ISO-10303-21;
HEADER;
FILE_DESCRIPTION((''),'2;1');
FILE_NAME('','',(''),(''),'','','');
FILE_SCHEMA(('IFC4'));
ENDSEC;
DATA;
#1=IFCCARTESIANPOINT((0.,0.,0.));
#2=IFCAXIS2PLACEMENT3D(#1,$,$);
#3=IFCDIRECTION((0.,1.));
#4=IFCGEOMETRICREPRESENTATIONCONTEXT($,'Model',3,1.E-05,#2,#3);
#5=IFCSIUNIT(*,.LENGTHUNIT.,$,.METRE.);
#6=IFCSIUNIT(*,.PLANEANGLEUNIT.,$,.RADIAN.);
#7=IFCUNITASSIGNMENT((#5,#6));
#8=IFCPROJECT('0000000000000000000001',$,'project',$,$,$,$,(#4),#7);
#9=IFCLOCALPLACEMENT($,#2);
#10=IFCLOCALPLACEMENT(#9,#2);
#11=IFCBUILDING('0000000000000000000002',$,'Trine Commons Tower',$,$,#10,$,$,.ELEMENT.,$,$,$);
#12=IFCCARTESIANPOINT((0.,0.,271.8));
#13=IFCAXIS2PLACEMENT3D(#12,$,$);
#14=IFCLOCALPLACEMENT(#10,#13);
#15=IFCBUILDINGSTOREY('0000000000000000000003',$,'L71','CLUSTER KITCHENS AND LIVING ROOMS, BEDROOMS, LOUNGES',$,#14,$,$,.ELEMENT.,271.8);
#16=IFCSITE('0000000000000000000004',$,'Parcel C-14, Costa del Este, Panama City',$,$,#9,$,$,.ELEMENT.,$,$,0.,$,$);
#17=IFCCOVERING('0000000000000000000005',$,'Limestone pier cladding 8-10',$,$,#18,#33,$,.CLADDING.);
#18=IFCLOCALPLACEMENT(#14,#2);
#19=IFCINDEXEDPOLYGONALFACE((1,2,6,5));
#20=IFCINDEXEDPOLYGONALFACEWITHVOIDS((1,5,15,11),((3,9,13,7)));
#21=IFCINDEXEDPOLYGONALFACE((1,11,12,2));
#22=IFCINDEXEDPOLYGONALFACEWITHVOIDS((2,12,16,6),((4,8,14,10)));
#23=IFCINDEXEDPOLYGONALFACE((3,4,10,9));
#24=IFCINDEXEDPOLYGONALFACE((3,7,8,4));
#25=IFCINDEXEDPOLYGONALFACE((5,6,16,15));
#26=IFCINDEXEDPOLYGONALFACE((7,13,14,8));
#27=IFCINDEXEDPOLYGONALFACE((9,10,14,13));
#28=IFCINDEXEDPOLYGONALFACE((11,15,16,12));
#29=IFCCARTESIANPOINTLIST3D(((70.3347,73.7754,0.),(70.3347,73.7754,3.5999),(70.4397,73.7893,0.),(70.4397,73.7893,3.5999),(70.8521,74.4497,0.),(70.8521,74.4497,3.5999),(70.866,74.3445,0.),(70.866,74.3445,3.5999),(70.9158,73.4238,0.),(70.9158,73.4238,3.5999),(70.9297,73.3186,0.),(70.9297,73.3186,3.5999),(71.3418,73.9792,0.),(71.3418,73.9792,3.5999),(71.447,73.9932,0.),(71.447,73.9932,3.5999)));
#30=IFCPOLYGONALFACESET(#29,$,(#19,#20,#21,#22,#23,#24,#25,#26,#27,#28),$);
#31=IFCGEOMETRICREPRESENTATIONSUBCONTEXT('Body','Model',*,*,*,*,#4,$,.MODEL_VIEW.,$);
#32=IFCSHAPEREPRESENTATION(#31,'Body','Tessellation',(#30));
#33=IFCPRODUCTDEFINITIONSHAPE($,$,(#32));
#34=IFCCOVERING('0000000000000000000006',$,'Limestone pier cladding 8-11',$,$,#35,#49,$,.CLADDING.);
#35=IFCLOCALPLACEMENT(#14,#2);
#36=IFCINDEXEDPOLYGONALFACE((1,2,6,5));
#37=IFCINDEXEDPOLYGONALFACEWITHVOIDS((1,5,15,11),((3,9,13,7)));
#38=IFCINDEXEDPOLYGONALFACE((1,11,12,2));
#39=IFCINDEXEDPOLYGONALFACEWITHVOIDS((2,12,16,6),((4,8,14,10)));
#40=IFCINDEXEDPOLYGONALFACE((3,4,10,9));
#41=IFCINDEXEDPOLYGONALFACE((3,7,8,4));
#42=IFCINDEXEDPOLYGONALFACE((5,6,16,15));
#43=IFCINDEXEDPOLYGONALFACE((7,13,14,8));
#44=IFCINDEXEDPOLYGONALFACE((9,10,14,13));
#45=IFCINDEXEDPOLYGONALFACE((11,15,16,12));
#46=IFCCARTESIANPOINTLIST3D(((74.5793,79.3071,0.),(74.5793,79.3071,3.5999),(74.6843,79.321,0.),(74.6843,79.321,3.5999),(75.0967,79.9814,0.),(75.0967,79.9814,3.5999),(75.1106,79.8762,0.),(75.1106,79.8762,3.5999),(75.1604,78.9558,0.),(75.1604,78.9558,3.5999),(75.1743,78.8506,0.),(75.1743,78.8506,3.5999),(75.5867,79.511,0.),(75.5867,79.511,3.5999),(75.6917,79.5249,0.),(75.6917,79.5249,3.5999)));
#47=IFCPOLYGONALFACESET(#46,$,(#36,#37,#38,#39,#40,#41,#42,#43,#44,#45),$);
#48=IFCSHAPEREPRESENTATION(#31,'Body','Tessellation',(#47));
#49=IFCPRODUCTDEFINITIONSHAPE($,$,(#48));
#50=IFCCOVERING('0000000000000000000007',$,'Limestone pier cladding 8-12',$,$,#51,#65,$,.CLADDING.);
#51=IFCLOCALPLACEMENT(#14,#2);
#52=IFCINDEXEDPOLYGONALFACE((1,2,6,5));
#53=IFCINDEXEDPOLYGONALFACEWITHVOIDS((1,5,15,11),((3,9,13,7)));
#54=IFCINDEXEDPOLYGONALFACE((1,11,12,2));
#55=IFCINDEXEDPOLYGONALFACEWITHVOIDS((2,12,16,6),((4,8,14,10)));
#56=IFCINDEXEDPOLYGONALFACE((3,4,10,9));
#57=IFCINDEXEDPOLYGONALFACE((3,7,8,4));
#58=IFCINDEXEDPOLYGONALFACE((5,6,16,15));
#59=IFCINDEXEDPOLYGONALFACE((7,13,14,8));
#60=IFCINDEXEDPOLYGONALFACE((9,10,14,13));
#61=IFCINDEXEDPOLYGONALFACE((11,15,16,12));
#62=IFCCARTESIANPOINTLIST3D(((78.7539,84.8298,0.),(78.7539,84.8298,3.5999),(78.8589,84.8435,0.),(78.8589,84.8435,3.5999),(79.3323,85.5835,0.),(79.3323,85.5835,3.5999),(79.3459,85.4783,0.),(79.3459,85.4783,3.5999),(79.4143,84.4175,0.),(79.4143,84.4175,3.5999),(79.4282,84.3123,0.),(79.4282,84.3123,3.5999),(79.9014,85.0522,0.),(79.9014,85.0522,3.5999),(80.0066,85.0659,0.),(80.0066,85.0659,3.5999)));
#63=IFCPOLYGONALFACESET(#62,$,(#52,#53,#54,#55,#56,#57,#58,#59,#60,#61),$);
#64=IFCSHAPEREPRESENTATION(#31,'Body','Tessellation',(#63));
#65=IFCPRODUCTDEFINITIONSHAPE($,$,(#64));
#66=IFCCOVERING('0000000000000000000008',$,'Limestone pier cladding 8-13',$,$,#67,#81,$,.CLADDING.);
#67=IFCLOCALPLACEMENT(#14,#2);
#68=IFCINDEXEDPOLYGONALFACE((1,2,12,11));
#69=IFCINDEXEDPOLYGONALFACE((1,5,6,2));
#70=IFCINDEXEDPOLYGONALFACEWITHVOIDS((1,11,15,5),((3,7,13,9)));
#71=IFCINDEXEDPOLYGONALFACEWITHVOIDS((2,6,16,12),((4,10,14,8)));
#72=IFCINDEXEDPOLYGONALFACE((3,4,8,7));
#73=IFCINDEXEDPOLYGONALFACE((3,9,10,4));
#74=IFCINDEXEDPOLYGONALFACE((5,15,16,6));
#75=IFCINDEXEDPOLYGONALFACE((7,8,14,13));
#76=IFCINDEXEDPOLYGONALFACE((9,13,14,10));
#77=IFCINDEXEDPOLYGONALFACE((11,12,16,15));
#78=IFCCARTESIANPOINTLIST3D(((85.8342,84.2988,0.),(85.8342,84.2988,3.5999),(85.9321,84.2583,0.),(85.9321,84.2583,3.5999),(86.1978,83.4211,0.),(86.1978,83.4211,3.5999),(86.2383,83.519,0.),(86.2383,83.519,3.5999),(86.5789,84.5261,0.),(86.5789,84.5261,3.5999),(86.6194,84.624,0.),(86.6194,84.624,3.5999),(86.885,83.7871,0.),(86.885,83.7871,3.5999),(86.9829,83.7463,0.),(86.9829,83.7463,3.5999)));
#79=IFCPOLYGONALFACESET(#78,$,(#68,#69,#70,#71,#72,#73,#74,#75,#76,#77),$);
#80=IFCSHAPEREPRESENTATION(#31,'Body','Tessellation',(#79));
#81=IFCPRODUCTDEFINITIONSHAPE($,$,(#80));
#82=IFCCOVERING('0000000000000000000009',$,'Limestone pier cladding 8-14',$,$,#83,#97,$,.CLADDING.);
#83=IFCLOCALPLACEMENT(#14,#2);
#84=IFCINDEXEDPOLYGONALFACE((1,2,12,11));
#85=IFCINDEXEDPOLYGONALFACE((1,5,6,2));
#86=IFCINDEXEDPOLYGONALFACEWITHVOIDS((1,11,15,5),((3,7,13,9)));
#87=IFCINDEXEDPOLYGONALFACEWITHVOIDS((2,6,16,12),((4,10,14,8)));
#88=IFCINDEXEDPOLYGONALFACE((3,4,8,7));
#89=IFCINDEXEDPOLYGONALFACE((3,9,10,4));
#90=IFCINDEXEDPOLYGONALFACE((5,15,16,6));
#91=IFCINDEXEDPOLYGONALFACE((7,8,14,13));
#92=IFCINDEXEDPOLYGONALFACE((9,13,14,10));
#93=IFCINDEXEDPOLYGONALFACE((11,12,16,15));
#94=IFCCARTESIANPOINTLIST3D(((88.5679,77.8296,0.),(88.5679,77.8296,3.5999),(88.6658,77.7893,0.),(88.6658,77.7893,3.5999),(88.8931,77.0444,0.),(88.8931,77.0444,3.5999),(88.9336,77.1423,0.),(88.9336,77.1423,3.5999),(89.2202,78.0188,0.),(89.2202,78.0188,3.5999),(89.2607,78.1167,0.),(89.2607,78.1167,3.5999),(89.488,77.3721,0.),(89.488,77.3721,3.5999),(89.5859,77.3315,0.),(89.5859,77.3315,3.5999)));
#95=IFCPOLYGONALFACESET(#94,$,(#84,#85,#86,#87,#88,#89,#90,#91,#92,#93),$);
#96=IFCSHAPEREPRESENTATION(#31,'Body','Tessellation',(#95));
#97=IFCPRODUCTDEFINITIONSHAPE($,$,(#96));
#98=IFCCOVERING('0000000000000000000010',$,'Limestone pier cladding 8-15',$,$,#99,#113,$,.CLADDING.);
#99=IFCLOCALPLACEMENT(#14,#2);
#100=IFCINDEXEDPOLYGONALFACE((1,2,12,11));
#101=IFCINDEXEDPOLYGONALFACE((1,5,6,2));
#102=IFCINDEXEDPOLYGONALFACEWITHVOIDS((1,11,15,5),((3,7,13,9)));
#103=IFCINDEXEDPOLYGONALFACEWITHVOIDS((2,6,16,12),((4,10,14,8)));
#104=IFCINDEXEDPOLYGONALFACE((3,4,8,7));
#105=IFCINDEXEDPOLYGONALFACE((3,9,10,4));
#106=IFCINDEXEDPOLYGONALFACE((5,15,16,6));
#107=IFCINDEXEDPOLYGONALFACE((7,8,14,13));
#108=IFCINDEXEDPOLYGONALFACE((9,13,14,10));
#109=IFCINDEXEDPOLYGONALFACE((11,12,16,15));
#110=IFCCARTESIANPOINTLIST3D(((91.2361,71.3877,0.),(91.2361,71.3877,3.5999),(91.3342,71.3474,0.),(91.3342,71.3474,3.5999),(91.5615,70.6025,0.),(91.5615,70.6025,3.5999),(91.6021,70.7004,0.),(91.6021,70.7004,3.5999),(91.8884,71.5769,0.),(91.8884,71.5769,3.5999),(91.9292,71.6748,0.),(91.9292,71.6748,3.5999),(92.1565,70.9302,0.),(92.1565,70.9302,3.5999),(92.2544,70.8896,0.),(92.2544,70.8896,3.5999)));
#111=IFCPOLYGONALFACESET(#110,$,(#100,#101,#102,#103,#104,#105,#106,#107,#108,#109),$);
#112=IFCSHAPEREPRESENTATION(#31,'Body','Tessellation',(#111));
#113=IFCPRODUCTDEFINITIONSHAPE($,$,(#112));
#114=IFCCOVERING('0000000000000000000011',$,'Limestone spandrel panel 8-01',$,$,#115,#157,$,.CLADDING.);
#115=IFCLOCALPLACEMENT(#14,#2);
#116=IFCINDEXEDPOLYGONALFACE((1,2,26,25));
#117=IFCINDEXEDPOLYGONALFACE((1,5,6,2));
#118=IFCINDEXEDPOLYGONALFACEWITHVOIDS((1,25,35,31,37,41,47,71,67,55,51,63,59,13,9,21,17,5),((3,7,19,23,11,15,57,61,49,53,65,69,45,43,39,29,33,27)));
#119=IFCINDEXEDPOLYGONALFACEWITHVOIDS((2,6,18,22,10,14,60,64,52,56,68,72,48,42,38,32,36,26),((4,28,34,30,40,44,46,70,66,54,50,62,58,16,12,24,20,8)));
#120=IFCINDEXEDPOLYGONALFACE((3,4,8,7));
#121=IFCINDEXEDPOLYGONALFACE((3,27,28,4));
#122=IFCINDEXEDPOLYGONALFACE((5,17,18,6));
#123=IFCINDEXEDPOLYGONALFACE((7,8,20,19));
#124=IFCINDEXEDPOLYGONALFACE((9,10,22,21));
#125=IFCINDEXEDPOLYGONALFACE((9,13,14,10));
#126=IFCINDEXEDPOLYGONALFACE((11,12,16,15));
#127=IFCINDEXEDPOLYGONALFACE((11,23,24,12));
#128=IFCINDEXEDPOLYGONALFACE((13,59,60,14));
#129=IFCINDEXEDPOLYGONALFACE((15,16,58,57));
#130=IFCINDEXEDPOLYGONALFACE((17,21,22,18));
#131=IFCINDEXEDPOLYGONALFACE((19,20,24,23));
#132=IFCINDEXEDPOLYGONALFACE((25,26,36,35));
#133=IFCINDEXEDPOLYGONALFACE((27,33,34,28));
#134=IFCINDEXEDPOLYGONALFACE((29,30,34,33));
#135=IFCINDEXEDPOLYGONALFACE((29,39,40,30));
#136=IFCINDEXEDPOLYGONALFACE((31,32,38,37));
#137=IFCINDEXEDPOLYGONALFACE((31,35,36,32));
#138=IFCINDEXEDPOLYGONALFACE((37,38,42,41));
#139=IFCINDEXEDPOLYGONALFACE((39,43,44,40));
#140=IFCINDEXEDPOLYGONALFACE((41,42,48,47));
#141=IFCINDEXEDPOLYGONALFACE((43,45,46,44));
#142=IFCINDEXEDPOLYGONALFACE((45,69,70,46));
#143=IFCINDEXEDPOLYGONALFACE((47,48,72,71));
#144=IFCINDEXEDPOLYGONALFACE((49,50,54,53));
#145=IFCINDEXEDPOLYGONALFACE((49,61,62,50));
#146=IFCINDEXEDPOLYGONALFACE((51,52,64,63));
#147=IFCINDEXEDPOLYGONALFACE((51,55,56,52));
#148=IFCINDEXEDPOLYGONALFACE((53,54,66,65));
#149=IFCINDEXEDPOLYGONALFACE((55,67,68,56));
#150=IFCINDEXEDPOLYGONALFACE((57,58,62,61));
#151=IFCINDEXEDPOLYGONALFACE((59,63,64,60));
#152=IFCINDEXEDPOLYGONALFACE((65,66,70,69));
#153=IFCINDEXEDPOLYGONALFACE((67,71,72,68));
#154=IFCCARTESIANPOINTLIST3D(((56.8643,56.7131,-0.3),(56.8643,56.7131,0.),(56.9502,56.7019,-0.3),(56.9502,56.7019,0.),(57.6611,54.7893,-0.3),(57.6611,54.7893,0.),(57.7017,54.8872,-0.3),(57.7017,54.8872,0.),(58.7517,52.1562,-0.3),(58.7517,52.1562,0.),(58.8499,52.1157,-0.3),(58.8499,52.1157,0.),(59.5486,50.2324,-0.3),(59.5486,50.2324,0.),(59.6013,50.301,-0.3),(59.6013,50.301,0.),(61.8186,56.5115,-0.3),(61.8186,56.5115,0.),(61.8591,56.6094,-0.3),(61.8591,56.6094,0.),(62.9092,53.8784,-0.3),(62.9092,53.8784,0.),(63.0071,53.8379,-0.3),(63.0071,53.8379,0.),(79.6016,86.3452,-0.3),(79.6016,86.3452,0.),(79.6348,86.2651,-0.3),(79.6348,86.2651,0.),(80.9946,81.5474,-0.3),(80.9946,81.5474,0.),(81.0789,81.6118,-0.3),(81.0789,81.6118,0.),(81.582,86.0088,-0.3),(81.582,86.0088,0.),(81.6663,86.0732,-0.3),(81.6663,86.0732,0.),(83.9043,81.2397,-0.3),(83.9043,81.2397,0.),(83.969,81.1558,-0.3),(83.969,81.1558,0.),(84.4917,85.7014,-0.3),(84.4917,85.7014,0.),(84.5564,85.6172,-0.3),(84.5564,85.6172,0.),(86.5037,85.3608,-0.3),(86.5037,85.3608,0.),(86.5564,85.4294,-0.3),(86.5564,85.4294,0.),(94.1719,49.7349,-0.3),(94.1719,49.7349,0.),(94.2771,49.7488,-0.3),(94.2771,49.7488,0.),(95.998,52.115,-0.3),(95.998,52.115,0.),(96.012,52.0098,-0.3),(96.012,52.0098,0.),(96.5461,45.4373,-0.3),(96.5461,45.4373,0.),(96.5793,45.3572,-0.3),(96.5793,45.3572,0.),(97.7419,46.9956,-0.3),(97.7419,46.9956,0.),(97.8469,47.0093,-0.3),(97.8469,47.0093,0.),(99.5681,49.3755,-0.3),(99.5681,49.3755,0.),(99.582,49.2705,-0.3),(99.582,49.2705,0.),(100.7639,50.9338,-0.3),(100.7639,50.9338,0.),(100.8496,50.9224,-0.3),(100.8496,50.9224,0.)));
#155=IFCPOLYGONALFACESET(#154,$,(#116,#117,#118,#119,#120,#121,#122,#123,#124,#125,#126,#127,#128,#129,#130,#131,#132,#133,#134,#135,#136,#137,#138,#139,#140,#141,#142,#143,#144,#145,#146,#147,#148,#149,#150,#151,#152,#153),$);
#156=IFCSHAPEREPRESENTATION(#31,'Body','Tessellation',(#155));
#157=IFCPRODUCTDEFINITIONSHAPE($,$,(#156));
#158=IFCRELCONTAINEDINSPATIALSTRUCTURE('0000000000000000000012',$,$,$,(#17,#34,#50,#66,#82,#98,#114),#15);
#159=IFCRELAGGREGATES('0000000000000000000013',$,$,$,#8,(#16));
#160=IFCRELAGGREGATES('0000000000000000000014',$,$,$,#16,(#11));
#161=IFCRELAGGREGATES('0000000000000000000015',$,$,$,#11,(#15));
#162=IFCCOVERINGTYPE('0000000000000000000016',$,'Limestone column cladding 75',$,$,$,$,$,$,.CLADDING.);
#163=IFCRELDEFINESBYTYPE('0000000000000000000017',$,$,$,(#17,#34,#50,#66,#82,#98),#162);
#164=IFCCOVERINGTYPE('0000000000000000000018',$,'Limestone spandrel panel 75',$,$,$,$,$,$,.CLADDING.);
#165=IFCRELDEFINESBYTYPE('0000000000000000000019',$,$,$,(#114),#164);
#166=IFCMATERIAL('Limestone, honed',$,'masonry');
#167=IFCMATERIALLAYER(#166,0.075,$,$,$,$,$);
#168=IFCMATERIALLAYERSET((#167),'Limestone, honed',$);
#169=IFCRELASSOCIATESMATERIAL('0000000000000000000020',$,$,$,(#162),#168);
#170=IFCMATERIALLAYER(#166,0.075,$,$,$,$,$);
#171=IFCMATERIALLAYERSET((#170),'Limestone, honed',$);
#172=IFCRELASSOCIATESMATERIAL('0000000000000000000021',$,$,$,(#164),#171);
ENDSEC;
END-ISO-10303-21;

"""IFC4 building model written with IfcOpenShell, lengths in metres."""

from ifc_helpers import new_model, si_unit, direction, frame, origin, place, context, subcontext, project, spatial, polyline, outline, extrude, material, layer, layer_set, type_object, element, save


model = new_model("IFC4")

# Units and contexts
model_context = context("Model", 3, precision=1e-05, world=origin(), true_north=direction((0.0, 1.0)))
body_context = subcontext(model_context, "Body", "Model", "MODEL_VIEW")
ifc_project = project(units=[si_unit("LENGTHUNIT", "METRE"), si_unit("PLANEANGLEUNIT", "RADIAN")], contexts=[model_context])

# Site, building, storey
site_placement = place(None, origin())
site = spatial("IfcSite", under=ifc_project, at=site_placement, Name="Parcel C-14, Costa del Este, Panama City", CompositionType="ELEMENT", RefElevation=0.0)
building_placement = place(site_placement, origin())
building = spatial("IfcBuilding", under=site, at=building_placement, Name="Trine Commons Tower", CompositionType="ELEMENT")
storey_placement = place(building_placement, frame((0.0, 0.0, 271.8)))
storey = spatial("IfcBuildingStorey", under=building, at=storey_placement, Name="L71", Description="CLUSTER KITCHENS AND LIVING ROOMS, BEDROOMS, LOUNGES", CompositionType="ELEMENT", Elevation=271.8)

# Coverings
ifc_material_1 = material(Name="Limestone, honed", Category="masonry")
ifc_layer_1 = layer(ifc_material_1, 0.075)
ifc_layer_set_1 = layer_set([ifc_layer_1], Name="Limestone, honed")
covering_type_1 = type_object("IfcCoveringType", Name="Limestone column cladding 75", PredefinedType="CLADDING", material=ifc_layer_set_1)
covering_1_placement = place(storey_placement, origin())
element("IfcCovering", 1, at=covering_1_placement, inside=storey, type_object=covering_type_1, Name="Limestone pier cladding 8-10", PredefinedType="CLADDING", context=body_context, shape_type="SweptSolid", body=[
    extrude(outline(polyline([(71.447, 73.9932), (70.8521, 74.4497), (70.3347, 73.7754), (70.9297, 73.3186), (71.447, 73.9932)]), holes=[polyline([(71.3418, 73.9792), (70.866, 74.3445), (70.4397, 73.7893), (70.9158, 73.4238), (71.3418, 73.9792)])]), origin(), (0.0, 0.0, 1.0), 3.5999),
])
covering_2_placement = place(storey_placement, origin())
element("IfcCovering", 2, at=covering_2_placement, inside=storey, type_object=covering_type_1, Name="Limestone pier cladding 8-11", PredefinedType="CLADDING", context=body_context, shape_type="SweptSolid", body=[
    extrude(outline(polyline([(75.6917, 79.5249), (75.0967, 79.9814), (74.5793, 79.3071), (75.1743, 78.8506), (75.6917, 79.5249)]), holes=[polyline([(75.5867, 79.511), (75.1106, 79.8762), (74.6843, 79.321), (75.1604, 78.9558), (75.5867, 79.511)])]), origin(), (0.0, 0.0, 1.0), 3.5999),
])
covering_3_placement = place(storey_placement, origin())
element("IfcCovering", 3, at=covering_3_placement, inside=storey, type_object=covering_type_1, Name="Limestone pier cladding 8-12", PredefinedType="CLADDING", context=body_context, shape_type="SweptSolid", body=[
    extrude(outline(polyline([(80.0066, 85.0659), (79.3323, 85.5835), (78.7539, 84.8298), (79.4282, 84.3123), (80.0066, 85.0659)]), holes=[polyline([(79.9014, 85.0522), (79.3459, 85.4783), (78.8589, 84.8435), (79.4143, 84.4175), (79.9014, 85.0522)])]), origin(), (0.0, 0.0, 1.0), 3.5999),
])
covering_4_placement = place(storey_placement, origin())
element("IfcCovering", 4, at=covering_4_placement, inside=storey, type_object=covering_type_1, Name="Limestone pier cladding 8-13", PredefinedType="CLADDING", context=body_context, shape_type="SweptSolid", body=[
    extrude(outline(polyline([(86.6194, 84.624), (85.8342, 84.2988), (86.1978, 83.4211), (86.9829, 83.7463), (86.6194, 84.624)]), holes=[polyline([(86.5789, 84.5261), (85.9321, 84.2583), (86.2383, 83.519), (86.885, 83.7871), (86.5789, 84.5261)])]), origin(), (0.0, 0.0, 1.0), 3.5999),
])
covering_5_placement = place(storey_placement, origin())
element("IfcCovering", 5, at=covering_5_placement, inside=storey, type_object=covering_type_1, Name="Limestone pier cladding 8-14", PredefinedType="CLADDING", context=body_context, shape_type="SweptSolid", body=[
    extrude(outline(polyline([(89.2607, 78.1167), (88.5679, 77.8296), (88.8931, 77.0444), (89.5859, 77.3315), (89.2607, 78.1167)]), holes=[polyline([(89.2202, 78.0188), (88.6658, 77.7893), (88.9336, 77.1423), (89.488, 77.3721), (89.2202, 78.0188)])]), origin(), (0.0, 0.0, 1.0), 3.5999),
])
covering_6_placement = place(storey_placement, origin())
element("IfcCovering", 6, at=covering_6_placement, inside=storey, type_object=covering_type_1, Name="Limestone pier cladding 8-15", PredefinedType="CLADDING", context=body_context, shape_type="SweptSolid", body=[
    extrude(outline(polyline([(91.9292, 71.6748), (91.2361, 71.3877), (91.5615, 70.6025), (92.2544, 70.8896), (91.9292, 71.6748)]), holes=[polyline([(91.8884, 71.5769), (91.3342, 71.3474), (91.6021, 70.7004), (92.1565, 70.9302), (91.8884, 71.5769)])]), origin(), (0.0, 0.0, 1.0), 3.5999),
])
ifc_layer_2 = layer(ifc_material_1, 0.075)
ifc_layer_set_2 = layer_set([ifc_layer_2], Name="Limestone, honed")
covering_type_2 = type_object("IfcCoveringType", Name="Limestone spandrel panel 75", PredefinedType="CLADDING", material=ifc_layer_set_2)
covering_7_placement = place(storey_placement, frame((0.0, 0.0, -0.3)))
element("IfcCovering", 7, at=covering_7_placement, inside=storey, type_object=covering_type_2, Name="Limestone spandrel panel 8-01", PredefinedType="CLADDING", context=body_context, shape_type="SweptSolid", body=[
    extrude(outline(polyline([(96.012, 52.0098), (99.582, 49.2705), (100.8496, 50.9224), (86.5564, 85.4294), (84.4917, 85.7014), (83.9043, 81.2397), (81.0789, 81.6118), (81.6663, 86.0732), (79.6016, 86.3452), (56.8643, 56.7131), (57.6611, 54.7893), (61.8186, 56.5115), (62.9092, 53.8784), (58.7517, 52.1562), (59.5486, 50.2324), (96.5793, 45.3572), (97.8469, 47.0093), (94.2771, 49.7488), (96.012, 52.0098)]), holes=[polyline([(84.5564, 85.6172), (86.5037, 85.3608), (100.7639, 50.9338), (99.5681, 49.3755), (95.998, 52.115), (94.1719, 49.7349), (97.7419, 46.9956), (96.5461, 45.4373), (59.6013, 50.301), (58.8499, 52.1157), (63.0071, 53.8379), (61.8591, 56.6094), (57.7017, 54.8872), (56.9502, 56.7019), (79.6348, 86.2651), (81.582, 86.0088), (80.9946, 81.5474), (83.969, 81.1558), (84.5564, 85.6172)])]), origin(), (0.0, 0.0, 1.0), 0.3),
])

save(model, "model.ifc")
